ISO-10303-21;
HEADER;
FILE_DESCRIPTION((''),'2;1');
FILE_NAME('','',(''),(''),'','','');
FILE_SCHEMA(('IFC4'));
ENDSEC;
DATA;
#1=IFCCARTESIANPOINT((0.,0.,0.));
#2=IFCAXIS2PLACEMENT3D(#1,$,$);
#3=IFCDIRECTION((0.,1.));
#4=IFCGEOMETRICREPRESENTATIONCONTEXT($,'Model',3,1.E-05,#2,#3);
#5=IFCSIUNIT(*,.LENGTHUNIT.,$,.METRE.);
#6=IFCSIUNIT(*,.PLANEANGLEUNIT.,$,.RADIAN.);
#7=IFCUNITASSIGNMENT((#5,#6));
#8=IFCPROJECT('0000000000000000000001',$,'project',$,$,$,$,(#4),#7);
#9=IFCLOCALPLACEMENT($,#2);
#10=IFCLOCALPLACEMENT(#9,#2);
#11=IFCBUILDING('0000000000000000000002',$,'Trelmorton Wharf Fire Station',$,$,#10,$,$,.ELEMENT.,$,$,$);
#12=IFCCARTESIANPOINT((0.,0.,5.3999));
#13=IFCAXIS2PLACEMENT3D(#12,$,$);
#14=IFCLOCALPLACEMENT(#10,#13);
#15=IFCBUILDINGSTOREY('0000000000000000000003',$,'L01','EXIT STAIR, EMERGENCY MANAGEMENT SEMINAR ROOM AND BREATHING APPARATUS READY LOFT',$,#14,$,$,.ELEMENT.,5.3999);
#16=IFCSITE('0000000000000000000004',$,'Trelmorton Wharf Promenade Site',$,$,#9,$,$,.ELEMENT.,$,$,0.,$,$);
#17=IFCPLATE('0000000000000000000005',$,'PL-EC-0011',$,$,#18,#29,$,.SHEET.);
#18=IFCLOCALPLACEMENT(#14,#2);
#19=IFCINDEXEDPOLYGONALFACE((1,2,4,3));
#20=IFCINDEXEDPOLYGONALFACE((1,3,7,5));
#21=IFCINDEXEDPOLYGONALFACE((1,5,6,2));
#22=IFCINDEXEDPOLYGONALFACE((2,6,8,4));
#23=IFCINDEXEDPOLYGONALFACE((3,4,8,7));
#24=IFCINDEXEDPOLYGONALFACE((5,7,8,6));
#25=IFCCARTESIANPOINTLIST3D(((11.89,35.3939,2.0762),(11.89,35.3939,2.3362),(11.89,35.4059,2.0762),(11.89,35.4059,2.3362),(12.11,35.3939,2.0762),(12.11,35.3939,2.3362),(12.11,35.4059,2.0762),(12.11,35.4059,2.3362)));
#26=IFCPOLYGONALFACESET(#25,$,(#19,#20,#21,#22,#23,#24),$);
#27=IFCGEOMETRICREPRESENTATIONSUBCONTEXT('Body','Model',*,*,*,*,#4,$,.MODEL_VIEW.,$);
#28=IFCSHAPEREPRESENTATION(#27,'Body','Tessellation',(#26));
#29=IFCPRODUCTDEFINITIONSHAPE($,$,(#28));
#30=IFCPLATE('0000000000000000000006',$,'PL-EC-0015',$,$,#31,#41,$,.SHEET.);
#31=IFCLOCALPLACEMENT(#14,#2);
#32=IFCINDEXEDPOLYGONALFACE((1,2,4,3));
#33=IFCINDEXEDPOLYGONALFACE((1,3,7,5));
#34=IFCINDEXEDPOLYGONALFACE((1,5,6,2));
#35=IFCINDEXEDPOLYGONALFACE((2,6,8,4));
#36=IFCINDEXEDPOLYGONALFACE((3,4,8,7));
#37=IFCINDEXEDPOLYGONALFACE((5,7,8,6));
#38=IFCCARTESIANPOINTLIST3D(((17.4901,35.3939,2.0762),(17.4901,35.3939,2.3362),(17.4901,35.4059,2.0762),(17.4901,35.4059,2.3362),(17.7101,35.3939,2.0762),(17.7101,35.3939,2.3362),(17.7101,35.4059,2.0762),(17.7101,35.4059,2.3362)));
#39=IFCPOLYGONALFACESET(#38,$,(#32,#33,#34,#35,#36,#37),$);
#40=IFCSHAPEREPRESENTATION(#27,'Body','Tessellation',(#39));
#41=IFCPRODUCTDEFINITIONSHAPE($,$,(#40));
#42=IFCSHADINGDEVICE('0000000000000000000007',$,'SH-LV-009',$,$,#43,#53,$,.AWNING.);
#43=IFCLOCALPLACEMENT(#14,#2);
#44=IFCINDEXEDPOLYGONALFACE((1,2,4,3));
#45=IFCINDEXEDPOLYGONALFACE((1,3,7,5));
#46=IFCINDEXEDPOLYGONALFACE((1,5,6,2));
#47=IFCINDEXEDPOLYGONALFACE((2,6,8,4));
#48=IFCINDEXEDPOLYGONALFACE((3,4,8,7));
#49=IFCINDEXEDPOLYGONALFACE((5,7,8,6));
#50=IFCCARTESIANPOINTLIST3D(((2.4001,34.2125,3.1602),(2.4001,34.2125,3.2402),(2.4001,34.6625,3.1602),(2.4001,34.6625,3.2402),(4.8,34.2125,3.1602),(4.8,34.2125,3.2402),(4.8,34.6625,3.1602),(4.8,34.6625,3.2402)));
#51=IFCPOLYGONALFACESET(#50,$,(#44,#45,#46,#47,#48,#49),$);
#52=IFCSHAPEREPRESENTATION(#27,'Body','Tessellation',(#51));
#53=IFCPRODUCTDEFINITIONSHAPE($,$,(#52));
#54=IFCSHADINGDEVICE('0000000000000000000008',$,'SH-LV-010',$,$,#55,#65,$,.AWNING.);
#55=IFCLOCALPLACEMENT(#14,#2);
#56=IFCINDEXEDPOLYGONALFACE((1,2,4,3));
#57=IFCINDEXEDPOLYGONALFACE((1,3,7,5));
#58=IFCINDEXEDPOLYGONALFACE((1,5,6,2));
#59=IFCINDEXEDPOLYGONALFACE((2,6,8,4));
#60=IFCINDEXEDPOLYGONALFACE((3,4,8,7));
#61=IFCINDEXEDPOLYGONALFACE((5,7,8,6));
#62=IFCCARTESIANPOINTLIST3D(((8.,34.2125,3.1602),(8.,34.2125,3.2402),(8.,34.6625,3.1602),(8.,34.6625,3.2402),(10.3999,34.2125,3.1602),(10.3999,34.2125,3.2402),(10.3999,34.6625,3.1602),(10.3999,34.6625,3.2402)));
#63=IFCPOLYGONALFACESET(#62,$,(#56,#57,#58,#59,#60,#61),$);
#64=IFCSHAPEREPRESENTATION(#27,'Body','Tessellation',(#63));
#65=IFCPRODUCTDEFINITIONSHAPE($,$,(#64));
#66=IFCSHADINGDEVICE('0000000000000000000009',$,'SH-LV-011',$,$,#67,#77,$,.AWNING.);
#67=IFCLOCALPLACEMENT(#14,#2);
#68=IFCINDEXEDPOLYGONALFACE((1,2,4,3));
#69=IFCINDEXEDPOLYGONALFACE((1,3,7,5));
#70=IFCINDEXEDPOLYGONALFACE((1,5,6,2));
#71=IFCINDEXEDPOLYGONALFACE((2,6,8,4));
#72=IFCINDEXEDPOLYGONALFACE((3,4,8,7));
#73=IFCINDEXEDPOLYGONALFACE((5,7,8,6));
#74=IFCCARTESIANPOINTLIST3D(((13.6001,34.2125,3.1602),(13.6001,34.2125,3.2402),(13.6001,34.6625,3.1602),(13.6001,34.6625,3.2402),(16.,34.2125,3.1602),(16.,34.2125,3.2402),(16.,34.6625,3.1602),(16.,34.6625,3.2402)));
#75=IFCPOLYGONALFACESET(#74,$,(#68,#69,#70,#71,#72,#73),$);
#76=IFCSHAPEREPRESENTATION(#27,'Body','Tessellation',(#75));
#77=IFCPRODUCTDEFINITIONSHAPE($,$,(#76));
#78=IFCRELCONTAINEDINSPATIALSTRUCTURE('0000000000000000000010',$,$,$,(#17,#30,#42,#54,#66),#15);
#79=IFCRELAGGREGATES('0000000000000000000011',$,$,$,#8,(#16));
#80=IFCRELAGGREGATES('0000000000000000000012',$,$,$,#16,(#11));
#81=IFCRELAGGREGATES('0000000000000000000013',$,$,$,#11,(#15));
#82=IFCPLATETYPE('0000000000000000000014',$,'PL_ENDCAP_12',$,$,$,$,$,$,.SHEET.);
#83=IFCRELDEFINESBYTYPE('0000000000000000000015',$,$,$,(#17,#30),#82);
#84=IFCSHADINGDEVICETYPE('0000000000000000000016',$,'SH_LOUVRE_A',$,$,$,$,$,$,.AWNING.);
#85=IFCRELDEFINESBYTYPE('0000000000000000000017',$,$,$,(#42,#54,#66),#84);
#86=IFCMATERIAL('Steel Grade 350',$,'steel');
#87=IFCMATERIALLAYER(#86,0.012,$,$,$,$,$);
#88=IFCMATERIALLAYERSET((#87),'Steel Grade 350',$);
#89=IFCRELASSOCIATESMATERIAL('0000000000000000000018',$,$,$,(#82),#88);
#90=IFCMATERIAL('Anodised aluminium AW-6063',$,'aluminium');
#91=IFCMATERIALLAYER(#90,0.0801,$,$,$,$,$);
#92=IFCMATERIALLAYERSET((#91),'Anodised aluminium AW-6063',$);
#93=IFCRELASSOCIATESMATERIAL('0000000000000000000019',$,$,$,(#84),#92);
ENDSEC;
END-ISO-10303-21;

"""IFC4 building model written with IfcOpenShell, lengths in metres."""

from ifc_helpers import new_model, si_unit, direction, frame, origin, origin_2d, place, context, subcontext, project, spatial, rectangle, extrude, material, layer, layer_set, type_object, element, save


model = new_model("IFC4")

# Units and contexts
model_context = context("Model", 3, precision=1e-05, world=origin(), true_north=direction((0.0, 1.0)))
body_context = subcontext(model_context, "Body", "Model", "MODEL_VIEW")
ifc_project = project(units=[si_unit("LENGTHUNIT", "METRE"), si_unit("PLANEANGLEUNIT", "RADIAN")], contexts=[model_context])

# Site, building, storey
site_placement = place(None, origin())
site = spatial("IfcSite", under=ifc_project, at=site_placement, Name="Trelmorton Wharf Promenade Site", CompositionType="ELEMENT", RefElevation=0.0)
building_placement = place(site_placement, origin())
building = spatial("IfcBuilding", under=site, at=building_placement, Name="Trelmorton Wharf Fire Station", CompositionType="ELEMENT")
storey_placement = place(building_placement, frame((0.0, 0.0, 5.3999)))
storey = spatial("IfcBuildingStorey", under=building, at=storey_placement, Name="L01", Description="EXIT STAIR, EMERGENCY MANAGEMENT SEMINAR ROOM AND BREATHING APPARATUS READY LOFT", CompositionType="ELEMENT", Elevation=5.3999)

# Shared definitions
ifc_material_1 = material(Name="Steel Grade 350", Category="steel")

# Shared definitions
ifc_material_2 = material(Name="Anodised aluminium AW-6063", Category="aluminium")

# Plates
ifc_layer_1 = layer(ifc_material_1, 0.012)
ifc_layer_set_1 = layer_set([ifc_layer_1], Name="Steel Grade 350")
plate_type_1 = type_object("IfcPlateType", Name="PL_ENDCAP_12", PredefinedType="SHEET", material=ifc_layer_set_1)
for number, where, z_axis, x_axis, name in (
    (1, (12.0, 35.3999, 2.0762), (0.0, 0.0, 1.0), (1.0, 0.0, 0.0), "PL-EC-0011"),
    (2, (17.6001, 35.3999, 2.0762), (0.0, 0.0, 1.0), (1.0, 0.0, 0.0), "PL-EC-0015"),
):
    element("IfcPlate", number, at=place(storey_placement, frame(where, z_axis=z_axis, x_axis=x_axis)), inside=storey, type_object=plate_type_1, Name=name, PredefinedType="SHEET", context=body_context, shape_type="SweptSolid", body=[
        extrude(rectangle(XDim=0.22, YDim=0.012, at=origin_2d()), origin(), (0.0, 0.0, 1.0), 0.26),
    ])

# Shading devices
ifc_layer_2 = layer(ifc_material_2, 0.0801)
ifc_layer_set_2 = layer_set([ifc_layer_2], Name="Anodised aluminium AW-6063")
shading_device_type = type_object("IfcShadingDeviceType", Name="SH_LOUVRE_A", PredefinedType="AWNING", material=ifc_layer_set_2)
for number, where, z_axis, x_axis, name in (
    (3, (3.6001, 34.4375, 3.1602), (0.0, 0.0, 1.0), (1.0, 0.0, 0.0), "SH-LV-009"),
    (4, (9.2, 34.4375, 3.1602), (0.0, 0.0, 1.0), (1.0, 0.0, 0.0), "SH-LV-010"),
    (5, (14.8, 34.4375, 3.1602), (0.0, 0.0, 1.0), (1.0, 0.0, 0.0), "SH-LV-011"),
):
    element("IfcShadingDevice", number, at=place(storey_placement, frame(where, z_axis=z_axis, x_axis=x_axis)), inside=storey, type_object=shading_device_type, Name=name, PredefinedType="AWNING", context=body_context, shape_type="SweptSolid", body=[
        extrude(rectangle(XDim=2.3999, YDim=0.45, at=origin_2d()), origin(), (0.0, 0.0, 1.0), 0.0801),
    ])

save(model, "model.ifc")
